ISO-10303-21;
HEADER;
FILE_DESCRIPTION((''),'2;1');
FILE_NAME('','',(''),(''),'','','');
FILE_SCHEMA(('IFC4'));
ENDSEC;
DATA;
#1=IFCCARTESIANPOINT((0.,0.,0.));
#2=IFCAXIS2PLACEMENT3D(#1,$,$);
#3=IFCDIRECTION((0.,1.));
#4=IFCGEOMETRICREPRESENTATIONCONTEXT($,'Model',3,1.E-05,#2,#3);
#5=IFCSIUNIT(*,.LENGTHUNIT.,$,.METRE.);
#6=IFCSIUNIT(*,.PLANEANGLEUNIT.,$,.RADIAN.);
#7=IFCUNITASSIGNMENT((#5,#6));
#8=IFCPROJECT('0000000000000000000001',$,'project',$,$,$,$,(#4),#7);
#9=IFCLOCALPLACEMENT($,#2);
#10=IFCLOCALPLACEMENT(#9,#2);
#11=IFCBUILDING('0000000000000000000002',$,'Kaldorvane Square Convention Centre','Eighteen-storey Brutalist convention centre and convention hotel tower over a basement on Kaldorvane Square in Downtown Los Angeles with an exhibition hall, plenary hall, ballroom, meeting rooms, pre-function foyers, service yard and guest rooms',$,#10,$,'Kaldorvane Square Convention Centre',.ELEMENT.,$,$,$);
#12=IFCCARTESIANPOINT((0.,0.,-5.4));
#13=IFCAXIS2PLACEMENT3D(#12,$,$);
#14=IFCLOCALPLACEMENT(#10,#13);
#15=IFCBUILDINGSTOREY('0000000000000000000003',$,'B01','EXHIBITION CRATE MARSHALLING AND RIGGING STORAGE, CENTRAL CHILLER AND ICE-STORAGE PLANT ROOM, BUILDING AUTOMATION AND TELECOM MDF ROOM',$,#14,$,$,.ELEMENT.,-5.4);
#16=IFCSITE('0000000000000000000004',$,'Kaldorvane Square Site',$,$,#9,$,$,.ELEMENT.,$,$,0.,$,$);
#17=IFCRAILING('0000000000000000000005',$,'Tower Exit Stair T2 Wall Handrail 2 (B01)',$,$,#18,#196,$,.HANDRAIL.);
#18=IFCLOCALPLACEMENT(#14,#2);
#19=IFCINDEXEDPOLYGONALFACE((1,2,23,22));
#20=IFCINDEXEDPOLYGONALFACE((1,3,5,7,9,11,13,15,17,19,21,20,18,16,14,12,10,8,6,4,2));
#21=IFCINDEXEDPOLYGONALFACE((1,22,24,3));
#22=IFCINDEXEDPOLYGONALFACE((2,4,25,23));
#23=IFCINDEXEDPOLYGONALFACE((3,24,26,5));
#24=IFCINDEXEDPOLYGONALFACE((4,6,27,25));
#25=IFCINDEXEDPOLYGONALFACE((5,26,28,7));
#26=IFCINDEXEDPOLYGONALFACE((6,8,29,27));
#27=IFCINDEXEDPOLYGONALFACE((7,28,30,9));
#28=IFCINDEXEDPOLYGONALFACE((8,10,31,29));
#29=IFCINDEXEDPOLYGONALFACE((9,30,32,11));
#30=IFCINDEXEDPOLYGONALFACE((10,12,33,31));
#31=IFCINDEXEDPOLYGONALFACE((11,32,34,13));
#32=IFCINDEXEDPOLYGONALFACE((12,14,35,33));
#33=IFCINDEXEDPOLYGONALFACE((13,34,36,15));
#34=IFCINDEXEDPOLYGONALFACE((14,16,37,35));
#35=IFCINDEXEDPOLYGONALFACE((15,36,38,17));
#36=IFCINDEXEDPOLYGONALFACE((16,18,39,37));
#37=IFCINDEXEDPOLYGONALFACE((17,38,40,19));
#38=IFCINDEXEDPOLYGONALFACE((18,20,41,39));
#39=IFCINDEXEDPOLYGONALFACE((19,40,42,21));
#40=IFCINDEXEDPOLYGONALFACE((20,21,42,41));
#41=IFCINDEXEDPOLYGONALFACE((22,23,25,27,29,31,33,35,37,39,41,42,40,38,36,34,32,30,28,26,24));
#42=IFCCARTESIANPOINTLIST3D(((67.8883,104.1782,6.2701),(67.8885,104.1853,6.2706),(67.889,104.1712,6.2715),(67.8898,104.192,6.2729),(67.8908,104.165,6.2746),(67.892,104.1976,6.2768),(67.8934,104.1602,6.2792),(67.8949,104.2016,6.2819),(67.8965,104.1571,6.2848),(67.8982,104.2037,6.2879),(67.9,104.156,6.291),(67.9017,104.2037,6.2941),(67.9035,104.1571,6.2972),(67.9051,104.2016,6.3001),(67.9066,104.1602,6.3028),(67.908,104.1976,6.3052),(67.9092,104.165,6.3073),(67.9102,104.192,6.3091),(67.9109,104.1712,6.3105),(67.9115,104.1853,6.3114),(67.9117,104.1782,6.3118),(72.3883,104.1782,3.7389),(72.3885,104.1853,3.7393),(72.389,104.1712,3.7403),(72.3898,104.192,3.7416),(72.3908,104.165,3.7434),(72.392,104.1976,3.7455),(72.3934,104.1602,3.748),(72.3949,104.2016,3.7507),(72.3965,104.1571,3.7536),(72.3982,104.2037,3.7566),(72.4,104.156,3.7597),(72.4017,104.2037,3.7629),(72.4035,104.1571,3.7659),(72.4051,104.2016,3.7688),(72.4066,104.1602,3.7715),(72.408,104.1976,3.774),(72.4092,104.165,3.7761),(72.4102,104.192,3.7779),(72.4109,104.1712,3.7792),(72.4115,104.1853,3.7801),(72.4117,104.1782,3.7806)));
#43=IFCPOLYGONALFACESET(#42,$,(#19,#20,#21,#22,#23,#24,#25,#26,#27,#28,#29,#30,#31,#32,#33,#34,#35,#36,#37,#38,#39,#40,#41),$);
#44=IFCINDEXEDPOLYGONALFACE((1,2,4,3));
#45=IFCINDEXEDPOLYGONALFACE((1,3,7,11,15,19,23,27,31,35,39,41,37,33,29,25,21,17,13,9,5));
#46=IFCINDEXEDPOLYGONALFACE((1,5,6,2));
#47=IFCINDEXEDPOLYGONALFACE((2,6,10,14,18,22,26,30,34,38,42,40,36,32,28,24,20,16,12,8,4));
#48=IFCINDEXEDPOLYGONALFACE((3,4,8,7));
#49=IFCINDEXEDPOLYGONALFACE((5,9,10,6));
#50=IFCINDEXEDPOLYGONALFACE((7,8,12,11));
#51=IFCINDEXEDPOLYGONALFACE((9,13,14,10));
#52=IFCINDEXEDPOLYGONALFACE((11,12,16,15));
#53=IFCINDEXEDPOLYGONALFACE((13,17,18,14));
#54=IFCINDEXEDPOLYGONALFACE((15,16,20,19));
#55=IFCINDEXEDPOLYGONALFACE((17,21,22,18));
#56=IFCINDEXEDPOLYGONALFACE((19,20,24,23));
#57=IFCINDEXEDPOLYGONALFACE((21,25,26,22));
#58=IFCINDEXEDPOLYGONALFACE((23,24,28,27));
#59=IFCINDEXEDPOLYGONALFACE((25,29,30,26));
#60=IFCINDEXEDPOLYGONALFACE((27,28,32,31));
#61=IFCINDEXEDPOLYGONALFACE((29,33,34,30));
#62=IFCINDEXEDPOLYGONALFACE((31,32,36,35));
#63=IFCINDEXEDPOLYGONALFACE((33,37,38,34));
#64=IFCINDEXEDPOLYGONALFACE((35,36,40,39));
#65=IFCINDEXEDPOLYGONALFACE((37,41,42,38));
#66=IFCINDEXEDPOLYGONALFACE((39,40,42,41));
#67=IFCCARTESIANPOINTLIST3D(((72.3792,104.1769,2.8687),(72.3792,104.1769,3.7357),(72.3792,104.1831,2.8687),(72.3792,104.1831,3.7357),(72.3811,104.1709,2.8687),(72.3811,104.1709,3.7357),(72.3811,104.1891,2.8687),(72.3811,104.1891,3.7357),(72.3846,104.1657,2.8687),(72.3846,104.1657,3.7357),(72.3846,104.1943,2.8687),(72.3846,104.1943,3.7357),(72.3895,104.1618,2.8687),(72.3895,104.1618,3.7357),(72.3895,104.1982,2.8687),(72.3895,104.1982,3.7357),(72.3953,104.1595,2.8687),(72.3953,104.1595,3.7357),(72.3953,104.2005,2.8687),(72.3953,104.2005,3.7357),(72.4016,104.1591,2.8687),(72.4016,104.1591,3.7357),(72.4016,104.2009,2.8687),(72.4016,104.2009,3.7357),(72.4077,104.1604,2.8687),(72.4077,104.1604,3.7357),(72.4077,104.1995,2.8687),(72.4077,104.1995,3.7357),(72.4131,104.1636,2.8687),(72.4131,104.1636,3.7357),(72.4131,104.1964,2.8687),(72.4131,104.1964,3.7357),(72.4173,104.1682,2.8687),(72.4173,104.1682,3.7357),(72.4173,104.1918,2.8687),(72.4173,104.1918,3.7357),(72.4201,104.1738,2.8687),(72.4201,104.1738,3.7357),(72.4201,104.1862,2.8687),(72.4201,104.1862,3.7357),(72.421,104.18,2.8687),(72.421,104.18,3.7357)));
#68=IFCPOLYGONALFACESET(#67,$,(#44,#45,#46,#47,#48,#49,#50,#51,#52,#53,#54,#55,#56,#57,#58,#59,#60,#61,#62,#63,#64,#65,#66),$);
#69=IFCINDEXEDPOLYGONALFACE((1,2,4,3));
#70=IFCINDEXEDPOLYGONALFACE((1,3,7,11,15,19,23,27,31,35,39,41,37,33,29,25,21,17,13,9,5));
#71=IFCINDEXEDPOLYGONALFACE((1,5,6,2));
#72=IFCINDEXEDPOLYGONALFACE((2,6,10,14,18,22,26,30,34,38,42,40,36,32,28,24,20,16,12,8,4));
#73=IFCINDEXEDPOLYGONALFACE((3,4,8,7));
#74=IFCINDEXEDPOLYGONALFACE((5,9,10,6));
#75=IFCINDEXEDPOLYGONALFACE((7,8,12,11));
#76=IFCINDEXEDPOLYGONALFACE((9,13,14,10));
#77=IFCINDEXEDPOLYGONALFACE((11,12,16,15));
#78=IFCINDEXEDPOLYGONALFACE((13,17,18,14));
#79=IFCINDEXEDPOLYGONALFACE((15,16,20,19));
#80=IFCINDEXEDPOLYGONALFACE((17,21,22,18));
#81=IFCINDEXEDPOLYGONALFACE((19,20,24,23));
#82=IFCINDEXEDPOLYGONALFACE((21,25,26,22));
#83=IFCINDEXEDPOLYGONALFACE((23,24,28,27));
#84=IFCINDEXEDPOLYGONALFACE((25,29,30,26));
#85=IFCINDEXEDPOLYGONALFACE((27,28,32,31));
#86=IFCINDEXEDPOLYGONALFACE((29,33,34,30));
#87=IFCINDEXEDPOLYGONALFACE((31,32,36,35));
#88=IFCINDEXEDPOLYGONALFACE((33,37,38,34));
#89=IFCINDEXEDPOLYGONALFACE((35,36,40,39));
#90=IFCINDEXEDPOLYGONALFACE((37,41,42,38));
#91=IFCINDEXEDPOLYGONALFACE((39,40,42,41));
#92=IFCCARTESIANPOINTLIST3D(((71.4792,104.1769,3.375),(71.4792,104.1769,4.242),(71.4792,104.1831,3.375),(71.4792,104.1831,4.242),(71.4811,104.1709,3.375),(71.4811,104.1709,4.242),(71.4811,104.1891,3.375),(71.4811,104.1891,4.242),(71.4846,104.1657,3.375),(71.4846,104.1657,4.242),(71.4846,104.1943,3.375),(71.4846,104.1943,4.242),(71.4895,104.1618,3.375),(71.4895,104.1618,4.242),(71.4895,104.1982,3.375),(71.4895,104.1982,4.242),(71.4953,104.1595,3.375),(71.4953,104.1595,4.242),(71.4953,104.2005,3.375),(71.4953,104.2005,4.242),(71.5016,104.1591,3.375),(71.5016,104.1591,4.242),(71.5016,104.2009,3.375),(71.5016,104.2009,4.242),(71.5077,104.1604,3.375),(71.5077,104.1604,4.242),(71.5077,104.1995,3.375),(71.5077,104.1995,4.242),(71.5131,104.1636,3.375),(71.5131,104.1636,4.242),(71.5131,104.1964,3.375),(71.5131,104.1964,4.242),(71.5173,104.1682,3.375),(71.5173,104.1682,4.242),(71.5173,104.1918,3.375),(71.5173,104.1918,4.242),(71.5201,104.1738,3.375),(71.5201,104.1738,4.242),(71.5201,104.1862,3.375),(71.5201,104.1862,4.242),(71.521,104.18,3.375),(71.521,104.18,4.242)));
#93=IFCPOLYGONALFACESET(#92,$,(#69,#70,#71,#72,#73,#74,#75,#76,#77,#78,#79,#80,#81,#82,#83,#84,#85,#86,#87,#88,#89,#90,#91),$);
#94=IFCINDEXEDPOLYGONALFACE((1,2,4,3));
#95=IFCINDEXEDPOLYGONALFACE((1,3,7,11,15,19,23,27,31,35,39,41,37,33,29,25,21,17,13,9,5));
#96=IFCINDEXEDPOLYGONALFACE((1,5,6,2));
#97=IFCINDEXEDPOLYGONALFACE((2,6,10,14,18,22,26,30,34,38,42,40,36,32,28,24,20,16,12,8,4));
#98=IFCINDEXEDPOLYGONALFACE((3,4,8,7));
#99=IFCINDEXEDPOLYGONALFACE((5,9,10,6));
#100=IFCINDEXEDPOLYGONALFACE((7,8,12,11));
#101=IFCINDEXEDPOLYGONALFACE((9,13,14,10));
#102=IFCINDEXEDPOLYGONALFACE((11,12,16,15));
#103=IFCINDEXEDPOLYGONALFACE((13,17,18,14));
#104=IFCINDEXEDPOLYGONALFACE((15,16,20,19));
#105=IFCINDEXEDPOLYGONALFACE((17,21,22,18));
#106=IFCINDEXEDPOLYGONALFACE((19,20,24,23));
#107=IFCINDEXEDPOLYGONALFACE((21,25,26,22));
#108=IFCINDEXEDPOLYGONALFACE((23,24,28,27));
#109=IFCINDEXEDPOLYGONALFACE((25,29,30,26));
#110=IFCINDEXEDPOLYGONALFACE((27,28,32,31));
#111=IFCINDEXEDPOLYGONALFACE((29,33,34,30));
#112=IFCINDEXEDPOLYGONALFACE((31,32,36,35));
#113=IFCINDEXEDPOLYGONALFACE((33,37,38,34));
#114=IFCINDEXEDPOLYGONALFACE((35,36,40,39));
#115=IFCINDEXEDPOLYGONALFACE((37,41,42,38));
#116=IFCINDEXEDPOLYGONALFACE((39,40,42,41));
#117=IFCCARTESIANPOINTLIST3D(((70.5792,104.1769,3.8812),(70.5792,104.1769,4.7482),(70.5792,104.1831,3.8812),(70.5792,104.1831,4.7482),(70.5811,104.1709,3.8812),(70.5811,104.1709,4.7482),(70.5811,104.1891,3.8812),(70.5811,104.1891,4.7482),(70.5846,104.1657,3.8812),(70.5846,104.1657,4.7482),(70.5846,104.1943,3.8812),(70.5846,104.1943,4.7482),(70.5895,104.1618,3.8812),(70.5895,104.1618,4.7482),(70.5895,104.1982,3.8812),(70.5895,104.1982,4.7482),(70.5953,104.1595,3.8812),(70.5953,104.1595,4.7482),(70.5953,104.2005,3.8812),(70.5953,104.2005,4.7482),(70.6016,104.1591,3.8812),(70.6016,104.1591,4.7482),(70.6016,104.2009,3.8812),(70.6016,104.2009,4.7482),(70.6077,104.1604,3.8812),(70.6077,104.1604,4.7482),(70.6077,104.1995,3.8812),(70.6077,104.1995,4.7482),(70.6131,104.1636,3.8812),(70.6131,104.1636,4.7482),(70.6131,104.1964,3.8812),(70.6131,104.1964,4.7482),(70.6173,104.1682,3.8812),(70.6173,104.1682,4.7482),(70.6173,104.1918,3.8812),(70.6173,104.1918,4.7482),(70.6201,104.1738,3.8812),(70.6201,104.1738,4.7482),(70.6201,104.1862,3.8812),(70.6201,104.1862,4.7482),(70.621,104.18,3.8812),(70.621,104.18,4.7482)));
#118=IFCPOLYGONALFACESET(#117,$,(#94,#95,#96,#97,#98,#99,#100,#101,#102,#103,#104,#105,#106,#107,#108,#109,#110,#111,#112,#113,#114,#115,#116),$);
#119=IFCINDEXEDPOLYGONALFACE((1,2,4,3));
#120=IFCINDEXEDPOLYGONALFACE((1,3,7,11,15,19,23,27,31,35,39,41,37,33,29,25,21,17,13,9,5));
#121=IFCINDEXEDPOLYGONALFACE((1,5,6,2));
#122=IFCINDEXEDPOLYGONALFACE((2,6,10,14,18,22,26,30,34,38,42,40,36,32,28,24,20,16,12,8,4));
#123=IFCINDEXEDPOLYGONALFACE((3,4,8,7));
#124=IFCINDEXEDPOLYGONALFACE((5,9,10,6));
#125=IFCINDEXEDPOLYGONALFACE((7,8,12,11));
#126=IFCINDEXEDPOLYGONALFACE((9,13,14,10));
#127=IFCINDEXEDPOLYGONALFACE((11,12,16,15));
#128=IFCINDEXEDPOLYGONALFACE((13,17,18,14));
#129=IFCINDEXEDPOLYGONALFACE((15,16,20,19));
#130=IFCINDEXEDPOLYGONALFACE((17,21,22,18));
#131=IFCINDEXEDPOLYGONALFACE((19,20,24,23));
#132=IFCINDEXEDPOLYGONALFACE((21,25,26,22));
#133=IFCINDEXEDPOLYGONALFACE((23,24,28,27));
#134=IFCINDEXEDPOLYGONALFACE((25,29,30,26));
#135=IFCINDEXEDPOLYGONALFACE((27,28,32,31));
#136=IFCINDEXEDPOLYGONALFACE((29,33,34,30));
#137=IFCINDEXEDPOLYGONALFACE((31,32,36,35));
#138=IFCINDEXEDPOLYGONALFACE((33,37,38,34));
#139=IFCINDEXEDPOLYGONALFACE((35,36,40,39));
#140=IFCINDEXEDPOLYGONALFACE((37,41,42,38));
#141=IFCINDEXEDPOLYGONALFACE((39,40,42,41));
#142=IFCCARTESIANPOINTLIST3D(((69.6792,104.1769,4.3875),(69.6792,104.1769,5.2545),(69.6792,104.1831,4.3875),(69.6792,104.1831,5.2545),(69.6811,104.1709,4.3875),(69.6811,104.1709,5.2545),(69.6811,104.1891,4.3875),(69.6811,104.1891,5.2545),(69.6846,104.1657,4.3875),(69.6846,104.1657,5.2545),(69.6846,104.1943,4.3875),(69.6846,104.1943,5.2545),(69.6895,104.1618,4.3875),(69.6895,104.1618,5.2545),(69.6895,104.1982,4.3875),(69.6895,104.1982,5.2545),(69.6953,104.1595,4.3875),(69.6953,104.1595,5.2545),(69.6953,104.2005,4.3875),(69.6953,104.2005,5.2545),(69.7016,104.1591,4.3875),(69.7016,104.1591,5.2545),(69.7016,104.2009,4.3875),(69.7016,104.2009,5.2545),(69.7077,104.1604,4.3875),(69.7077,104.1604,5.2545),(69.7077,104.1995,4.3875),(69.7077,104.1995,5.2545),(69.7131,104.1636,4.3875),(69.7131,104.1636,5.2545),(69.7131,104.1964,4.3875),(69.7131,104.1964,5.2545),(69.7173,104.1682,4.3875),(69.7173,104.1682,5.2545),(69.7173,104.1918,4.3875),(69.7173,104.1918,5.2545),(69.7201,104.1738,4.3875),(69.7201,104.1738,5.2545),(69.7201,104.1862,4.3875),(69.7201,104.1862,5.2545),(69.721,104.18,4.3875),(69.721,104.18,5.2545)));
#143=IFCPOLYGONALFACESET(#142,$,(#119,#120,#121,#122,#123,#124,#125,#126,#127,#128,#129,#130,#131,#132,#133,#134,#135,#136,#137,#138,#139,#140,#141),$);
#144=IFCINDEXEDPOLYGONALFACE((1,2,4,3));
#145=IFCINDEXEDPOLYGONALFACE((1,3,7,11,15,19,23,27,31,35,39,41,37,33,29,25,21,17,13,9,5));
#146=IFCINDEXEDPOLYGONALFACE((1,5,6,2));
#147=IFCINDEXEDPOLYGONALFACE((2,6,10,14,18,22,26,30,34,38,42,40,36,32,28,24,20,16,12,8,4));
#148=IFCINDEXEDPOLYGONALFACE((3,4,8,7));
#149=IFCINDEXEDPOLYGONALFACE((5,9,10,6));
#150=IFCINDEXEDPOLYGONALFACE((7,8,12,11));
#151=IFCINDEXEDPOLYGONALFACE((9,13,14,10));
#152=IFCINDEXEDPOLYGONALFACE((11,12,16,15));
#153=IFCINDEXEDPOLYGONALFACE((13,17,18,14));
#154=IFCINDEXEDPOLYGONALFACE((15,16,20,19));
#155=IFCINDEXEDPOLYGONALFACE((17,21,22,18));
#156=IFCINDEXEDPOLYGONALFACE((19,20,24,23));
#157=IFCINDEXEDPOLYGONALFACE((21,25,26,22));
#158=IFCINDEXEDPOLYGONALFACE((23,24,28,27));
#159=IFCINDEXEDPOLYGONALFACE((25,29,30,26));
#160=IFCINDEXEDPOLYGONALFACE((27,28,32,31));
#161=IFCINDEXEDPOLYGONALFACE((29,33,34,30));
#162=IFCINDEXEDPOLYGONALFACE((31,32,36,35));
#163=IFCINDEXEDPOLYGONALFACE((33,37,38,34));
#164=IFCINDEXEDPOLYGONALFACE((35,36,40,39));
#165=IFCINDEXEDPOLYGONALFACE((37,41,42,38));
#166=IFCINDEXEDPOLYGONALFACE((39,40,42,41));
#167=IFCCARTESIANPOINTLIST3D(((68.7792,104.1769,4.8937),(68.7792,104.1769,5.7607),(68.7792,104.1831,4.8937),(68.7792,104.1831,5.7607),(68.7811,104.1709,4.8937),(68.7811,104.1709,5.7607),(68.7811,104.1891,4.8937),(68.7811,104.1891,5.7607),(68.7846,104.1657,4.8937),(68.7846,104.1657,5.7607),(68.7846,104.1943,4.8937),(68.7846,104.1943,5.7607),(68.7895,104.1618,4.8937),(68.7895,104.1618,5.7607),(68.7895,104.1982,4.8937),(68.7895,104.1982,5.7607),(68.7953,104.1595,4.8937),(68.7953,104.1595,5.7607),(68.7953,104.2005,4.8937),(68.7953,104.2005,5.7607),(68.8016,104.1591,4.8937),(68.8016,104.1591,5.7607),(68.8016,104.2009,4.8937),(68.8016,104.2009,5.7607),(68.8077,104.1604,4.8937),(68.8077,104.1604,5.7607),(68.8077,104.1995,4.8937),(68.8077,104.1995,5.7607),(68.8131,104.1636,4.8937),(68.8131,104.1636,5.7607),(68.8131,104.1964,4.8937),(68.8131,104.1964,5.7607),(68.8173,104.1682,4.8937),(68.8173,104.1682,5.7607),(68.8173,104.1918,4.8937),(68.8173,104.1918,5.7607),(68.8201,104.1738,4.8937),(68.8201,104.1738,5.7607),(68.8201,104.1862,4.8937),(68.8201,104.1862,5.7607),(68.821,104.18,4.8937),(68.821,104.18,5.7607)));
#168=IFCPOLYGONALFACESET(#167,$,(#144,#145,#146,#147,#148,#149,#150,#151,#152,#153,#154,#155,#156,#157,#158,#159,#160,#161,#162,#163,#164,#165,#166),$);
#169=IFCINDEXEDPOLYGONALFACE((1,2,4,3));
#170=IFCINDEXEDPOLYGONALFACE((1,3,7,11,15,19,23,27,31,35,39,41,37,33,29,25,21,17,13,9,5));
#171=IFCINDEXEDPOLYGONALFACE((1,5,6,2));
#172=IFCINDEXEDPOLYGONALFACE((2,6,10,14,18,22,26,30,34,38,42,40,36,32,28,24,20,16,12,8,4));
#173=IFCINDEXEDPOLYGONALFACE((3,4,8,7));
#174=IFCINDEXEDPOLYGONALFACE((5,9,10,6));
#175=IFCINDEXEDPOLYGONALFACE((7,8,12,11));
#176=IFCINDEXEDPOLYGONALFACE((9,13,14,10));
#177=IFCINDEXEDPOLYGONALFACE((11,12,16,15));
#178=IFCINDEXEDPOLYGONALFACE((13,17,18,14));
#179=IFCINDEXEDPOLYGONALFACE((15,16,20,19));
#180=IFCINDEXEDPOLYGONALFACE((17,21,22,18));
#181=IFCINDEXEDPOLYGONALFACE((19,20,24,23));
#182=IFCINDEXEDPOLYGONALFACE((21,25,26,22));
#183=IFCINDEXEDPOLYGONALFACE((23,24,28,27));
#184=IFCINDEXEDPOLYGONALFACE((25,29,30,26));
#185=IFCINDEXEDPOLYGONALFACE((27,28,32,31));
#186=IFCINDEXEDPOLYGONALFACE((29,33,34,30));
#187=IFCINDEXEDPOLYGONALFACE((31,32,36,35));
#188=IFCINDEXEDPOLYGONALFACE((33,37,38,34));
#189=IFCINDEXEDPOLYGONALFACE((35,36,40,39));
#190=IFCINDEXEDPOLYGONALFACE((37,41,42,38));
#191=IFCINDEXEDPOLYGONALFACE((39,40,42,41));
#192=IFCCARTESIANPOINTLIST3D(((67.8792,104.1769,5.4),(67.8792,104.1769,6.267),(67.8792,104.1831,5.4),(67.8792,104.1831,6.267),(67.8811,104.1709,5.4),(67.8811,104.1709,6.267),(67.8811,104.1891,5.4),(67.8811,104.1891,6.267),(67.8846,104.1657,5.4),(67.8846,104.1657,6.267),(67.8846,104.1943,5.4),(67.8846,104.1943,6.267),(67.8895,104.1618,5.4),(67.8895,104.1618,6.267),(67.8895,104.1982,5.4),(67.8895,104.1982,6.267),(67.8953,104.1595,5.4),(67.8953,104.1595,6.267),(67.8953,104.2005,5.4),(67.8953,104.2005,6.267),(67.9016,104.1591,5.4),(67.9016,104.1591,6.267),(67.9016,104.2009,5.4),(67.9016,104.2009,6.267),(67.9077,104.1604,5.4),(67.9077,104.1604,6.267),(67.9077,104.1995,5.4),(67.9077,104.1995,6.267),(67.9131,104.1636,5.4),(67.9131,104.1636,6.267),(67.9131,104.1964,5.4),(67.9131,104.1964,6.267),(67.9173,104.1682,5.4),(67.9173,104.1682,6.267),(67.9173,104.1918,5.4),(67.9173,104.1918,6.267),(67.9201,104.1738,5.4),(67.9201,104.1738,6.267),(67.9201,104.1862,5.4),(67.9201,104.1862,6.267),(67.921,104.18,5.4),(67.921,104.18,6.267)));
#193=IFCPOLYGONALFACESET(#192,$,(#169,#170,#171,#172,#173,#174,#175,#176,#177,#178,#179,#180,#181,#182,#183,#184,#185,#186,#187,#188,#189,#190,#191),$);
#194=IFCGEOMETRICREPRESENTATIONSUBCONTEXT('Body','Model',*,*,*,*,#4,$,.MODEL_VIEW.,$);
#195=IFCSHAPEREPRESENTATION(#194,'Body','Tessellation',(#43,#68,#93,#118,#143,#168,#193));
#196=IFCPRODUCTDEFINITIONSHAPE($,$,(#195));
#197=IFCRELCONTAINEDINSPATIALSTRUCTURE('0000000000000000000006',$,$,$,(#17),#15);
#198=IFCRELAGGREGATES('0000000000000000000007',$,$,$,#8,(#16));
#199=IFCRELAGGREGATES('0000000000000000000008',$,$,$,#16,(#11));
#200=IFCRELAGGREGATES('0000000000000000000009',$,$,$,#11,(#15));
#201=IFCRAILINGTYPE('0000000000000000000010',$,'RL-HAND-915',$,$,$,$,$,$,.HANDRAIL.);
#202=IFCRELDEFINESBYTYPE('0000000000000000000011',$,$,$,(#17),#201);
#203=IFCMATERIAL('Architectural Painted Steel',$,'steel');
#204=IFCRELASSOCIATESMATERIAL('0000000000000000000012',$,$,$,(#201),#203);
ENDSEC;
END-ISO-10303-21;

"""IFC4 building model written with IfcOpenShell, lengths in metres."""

from ifc_helpers import new_model, si_unit, direction, frame, origin, origin_2d, place, context, subcontext, project, spatial, circle, extrude, material, type_object, element, save


model = new_model("IFC4")

# Units and contexts
model_context = context("Model", 3, precision=1e-05, world=origin(), true_north=direction((0.0, 1.0)))
body_context = subcontext(model_context, "Body", "Model", "MODEL_VIEW")
ifc_project = project(units=[si_unit("LENGTHUNIT", "METRE"), si_unit("PLANEANGLEUNIT", "RADIAN")], contexts=[model_context])

# Site, building, storey
site_placement = place(None, origin())
site = spatial("IfcSite", under=ifc_project, at=site_placement, Name="Kaldorvane Square Site", CompositionType="ELEMENT", RefElevation=0.0)
building_placement = place(site_placement, origin())
building = spatial("IfcBuilding", under=site, at=building_placement, Name="Kaldorvane Square Convention Centre", Description="Eighteen-storey Brutalist convention centre and convention hotel tower over a basement on Kaldorvane Square in Downtown Los Angeles with an exhibition hall, plenary hall, ballroom, meeting rooms, pre-function foyers, service yard and guest rooms", LongName="Kaldorvane Square Convention Centre", CompositionType="ELEMENT")
storey_placement = place(building_placement, frame((0.0, 0.0, -5.4)))
storey = spatial("IfcBuildingStorey", under=building, at=storey_placement, Name="B01", Description="EXHIBITION CRATE MARSHALLING AND RIGGING STORAGE, CENTRAL CHILLER AND ICE-STORAGE PLANT ROOM, BUILDING AUTOMATION AND TELECOM MDF ROOM", CompositionType="ELEMENT", Elevation=-5.4)

# Railing
ifc_material_1 = material(Name="Architectural Painted Steel", Category="steel")
railing_type = type_object("IfcRailingType", Name="RL-HAND-915", PredefinedType="HANDRAIL", material=ifc_material_1)
railing_placement = place(storey_placement, frame((72.4, 104.18, 2.8687)))
element("IfcRailing", 1, at=railing_placement, inside=storey, type_object=railing_type, Name="Tower Exit Stair T2 Wall Handrail 2 (B01)", PredefinedType="HANDRAIL", context=body_context, shape_type="SweptSolid", body=[
    extrude(circle(Radius=0.024, at=origin_2d()), frame((0.0, 0.0, 0.891), z_axis=(-0.871576, 0.0, 0.490261), x_axis=(0.0, -1.0, 0.0)), (0.0, 0.0, 1.0), 5.1631),
    extrude(circle(Radius=0.021, at=origin_2d()), origin(), (0.0, 0.0, 1.0), 0.867),
    extrude(circle(Radius=0.021, at=origin_2d()), frame((-0.9, 0.0, 0.5063)), (0.0, 0.0, 1.0), 0.867),
    extrude(circle(Radius=0.021, at=origin_2d()), frame((-1.8, 0.0, 1.0125)), (0.0, 0.0, 1.0), 0.867),
    extrude(circle(Radius=0.021, at=origin_2d()), frame((-2.7, 0.0, 1.5188)), (0.0, 0.0, 1.0), 0.867),
    extrude(circle(Radius=0.021, at=origin_2d()), frame((-3.6, 0.0, 2.025)), (0.0, 0.0, 1.0), 0.867),
    extrude(circle(Radius=0.021, at=origin_2d()), frame((-4.5, 0.0, 2.5312)), (0.0, 0.0, 1.0), 0.867),
])

save(model, "model.ifc")
